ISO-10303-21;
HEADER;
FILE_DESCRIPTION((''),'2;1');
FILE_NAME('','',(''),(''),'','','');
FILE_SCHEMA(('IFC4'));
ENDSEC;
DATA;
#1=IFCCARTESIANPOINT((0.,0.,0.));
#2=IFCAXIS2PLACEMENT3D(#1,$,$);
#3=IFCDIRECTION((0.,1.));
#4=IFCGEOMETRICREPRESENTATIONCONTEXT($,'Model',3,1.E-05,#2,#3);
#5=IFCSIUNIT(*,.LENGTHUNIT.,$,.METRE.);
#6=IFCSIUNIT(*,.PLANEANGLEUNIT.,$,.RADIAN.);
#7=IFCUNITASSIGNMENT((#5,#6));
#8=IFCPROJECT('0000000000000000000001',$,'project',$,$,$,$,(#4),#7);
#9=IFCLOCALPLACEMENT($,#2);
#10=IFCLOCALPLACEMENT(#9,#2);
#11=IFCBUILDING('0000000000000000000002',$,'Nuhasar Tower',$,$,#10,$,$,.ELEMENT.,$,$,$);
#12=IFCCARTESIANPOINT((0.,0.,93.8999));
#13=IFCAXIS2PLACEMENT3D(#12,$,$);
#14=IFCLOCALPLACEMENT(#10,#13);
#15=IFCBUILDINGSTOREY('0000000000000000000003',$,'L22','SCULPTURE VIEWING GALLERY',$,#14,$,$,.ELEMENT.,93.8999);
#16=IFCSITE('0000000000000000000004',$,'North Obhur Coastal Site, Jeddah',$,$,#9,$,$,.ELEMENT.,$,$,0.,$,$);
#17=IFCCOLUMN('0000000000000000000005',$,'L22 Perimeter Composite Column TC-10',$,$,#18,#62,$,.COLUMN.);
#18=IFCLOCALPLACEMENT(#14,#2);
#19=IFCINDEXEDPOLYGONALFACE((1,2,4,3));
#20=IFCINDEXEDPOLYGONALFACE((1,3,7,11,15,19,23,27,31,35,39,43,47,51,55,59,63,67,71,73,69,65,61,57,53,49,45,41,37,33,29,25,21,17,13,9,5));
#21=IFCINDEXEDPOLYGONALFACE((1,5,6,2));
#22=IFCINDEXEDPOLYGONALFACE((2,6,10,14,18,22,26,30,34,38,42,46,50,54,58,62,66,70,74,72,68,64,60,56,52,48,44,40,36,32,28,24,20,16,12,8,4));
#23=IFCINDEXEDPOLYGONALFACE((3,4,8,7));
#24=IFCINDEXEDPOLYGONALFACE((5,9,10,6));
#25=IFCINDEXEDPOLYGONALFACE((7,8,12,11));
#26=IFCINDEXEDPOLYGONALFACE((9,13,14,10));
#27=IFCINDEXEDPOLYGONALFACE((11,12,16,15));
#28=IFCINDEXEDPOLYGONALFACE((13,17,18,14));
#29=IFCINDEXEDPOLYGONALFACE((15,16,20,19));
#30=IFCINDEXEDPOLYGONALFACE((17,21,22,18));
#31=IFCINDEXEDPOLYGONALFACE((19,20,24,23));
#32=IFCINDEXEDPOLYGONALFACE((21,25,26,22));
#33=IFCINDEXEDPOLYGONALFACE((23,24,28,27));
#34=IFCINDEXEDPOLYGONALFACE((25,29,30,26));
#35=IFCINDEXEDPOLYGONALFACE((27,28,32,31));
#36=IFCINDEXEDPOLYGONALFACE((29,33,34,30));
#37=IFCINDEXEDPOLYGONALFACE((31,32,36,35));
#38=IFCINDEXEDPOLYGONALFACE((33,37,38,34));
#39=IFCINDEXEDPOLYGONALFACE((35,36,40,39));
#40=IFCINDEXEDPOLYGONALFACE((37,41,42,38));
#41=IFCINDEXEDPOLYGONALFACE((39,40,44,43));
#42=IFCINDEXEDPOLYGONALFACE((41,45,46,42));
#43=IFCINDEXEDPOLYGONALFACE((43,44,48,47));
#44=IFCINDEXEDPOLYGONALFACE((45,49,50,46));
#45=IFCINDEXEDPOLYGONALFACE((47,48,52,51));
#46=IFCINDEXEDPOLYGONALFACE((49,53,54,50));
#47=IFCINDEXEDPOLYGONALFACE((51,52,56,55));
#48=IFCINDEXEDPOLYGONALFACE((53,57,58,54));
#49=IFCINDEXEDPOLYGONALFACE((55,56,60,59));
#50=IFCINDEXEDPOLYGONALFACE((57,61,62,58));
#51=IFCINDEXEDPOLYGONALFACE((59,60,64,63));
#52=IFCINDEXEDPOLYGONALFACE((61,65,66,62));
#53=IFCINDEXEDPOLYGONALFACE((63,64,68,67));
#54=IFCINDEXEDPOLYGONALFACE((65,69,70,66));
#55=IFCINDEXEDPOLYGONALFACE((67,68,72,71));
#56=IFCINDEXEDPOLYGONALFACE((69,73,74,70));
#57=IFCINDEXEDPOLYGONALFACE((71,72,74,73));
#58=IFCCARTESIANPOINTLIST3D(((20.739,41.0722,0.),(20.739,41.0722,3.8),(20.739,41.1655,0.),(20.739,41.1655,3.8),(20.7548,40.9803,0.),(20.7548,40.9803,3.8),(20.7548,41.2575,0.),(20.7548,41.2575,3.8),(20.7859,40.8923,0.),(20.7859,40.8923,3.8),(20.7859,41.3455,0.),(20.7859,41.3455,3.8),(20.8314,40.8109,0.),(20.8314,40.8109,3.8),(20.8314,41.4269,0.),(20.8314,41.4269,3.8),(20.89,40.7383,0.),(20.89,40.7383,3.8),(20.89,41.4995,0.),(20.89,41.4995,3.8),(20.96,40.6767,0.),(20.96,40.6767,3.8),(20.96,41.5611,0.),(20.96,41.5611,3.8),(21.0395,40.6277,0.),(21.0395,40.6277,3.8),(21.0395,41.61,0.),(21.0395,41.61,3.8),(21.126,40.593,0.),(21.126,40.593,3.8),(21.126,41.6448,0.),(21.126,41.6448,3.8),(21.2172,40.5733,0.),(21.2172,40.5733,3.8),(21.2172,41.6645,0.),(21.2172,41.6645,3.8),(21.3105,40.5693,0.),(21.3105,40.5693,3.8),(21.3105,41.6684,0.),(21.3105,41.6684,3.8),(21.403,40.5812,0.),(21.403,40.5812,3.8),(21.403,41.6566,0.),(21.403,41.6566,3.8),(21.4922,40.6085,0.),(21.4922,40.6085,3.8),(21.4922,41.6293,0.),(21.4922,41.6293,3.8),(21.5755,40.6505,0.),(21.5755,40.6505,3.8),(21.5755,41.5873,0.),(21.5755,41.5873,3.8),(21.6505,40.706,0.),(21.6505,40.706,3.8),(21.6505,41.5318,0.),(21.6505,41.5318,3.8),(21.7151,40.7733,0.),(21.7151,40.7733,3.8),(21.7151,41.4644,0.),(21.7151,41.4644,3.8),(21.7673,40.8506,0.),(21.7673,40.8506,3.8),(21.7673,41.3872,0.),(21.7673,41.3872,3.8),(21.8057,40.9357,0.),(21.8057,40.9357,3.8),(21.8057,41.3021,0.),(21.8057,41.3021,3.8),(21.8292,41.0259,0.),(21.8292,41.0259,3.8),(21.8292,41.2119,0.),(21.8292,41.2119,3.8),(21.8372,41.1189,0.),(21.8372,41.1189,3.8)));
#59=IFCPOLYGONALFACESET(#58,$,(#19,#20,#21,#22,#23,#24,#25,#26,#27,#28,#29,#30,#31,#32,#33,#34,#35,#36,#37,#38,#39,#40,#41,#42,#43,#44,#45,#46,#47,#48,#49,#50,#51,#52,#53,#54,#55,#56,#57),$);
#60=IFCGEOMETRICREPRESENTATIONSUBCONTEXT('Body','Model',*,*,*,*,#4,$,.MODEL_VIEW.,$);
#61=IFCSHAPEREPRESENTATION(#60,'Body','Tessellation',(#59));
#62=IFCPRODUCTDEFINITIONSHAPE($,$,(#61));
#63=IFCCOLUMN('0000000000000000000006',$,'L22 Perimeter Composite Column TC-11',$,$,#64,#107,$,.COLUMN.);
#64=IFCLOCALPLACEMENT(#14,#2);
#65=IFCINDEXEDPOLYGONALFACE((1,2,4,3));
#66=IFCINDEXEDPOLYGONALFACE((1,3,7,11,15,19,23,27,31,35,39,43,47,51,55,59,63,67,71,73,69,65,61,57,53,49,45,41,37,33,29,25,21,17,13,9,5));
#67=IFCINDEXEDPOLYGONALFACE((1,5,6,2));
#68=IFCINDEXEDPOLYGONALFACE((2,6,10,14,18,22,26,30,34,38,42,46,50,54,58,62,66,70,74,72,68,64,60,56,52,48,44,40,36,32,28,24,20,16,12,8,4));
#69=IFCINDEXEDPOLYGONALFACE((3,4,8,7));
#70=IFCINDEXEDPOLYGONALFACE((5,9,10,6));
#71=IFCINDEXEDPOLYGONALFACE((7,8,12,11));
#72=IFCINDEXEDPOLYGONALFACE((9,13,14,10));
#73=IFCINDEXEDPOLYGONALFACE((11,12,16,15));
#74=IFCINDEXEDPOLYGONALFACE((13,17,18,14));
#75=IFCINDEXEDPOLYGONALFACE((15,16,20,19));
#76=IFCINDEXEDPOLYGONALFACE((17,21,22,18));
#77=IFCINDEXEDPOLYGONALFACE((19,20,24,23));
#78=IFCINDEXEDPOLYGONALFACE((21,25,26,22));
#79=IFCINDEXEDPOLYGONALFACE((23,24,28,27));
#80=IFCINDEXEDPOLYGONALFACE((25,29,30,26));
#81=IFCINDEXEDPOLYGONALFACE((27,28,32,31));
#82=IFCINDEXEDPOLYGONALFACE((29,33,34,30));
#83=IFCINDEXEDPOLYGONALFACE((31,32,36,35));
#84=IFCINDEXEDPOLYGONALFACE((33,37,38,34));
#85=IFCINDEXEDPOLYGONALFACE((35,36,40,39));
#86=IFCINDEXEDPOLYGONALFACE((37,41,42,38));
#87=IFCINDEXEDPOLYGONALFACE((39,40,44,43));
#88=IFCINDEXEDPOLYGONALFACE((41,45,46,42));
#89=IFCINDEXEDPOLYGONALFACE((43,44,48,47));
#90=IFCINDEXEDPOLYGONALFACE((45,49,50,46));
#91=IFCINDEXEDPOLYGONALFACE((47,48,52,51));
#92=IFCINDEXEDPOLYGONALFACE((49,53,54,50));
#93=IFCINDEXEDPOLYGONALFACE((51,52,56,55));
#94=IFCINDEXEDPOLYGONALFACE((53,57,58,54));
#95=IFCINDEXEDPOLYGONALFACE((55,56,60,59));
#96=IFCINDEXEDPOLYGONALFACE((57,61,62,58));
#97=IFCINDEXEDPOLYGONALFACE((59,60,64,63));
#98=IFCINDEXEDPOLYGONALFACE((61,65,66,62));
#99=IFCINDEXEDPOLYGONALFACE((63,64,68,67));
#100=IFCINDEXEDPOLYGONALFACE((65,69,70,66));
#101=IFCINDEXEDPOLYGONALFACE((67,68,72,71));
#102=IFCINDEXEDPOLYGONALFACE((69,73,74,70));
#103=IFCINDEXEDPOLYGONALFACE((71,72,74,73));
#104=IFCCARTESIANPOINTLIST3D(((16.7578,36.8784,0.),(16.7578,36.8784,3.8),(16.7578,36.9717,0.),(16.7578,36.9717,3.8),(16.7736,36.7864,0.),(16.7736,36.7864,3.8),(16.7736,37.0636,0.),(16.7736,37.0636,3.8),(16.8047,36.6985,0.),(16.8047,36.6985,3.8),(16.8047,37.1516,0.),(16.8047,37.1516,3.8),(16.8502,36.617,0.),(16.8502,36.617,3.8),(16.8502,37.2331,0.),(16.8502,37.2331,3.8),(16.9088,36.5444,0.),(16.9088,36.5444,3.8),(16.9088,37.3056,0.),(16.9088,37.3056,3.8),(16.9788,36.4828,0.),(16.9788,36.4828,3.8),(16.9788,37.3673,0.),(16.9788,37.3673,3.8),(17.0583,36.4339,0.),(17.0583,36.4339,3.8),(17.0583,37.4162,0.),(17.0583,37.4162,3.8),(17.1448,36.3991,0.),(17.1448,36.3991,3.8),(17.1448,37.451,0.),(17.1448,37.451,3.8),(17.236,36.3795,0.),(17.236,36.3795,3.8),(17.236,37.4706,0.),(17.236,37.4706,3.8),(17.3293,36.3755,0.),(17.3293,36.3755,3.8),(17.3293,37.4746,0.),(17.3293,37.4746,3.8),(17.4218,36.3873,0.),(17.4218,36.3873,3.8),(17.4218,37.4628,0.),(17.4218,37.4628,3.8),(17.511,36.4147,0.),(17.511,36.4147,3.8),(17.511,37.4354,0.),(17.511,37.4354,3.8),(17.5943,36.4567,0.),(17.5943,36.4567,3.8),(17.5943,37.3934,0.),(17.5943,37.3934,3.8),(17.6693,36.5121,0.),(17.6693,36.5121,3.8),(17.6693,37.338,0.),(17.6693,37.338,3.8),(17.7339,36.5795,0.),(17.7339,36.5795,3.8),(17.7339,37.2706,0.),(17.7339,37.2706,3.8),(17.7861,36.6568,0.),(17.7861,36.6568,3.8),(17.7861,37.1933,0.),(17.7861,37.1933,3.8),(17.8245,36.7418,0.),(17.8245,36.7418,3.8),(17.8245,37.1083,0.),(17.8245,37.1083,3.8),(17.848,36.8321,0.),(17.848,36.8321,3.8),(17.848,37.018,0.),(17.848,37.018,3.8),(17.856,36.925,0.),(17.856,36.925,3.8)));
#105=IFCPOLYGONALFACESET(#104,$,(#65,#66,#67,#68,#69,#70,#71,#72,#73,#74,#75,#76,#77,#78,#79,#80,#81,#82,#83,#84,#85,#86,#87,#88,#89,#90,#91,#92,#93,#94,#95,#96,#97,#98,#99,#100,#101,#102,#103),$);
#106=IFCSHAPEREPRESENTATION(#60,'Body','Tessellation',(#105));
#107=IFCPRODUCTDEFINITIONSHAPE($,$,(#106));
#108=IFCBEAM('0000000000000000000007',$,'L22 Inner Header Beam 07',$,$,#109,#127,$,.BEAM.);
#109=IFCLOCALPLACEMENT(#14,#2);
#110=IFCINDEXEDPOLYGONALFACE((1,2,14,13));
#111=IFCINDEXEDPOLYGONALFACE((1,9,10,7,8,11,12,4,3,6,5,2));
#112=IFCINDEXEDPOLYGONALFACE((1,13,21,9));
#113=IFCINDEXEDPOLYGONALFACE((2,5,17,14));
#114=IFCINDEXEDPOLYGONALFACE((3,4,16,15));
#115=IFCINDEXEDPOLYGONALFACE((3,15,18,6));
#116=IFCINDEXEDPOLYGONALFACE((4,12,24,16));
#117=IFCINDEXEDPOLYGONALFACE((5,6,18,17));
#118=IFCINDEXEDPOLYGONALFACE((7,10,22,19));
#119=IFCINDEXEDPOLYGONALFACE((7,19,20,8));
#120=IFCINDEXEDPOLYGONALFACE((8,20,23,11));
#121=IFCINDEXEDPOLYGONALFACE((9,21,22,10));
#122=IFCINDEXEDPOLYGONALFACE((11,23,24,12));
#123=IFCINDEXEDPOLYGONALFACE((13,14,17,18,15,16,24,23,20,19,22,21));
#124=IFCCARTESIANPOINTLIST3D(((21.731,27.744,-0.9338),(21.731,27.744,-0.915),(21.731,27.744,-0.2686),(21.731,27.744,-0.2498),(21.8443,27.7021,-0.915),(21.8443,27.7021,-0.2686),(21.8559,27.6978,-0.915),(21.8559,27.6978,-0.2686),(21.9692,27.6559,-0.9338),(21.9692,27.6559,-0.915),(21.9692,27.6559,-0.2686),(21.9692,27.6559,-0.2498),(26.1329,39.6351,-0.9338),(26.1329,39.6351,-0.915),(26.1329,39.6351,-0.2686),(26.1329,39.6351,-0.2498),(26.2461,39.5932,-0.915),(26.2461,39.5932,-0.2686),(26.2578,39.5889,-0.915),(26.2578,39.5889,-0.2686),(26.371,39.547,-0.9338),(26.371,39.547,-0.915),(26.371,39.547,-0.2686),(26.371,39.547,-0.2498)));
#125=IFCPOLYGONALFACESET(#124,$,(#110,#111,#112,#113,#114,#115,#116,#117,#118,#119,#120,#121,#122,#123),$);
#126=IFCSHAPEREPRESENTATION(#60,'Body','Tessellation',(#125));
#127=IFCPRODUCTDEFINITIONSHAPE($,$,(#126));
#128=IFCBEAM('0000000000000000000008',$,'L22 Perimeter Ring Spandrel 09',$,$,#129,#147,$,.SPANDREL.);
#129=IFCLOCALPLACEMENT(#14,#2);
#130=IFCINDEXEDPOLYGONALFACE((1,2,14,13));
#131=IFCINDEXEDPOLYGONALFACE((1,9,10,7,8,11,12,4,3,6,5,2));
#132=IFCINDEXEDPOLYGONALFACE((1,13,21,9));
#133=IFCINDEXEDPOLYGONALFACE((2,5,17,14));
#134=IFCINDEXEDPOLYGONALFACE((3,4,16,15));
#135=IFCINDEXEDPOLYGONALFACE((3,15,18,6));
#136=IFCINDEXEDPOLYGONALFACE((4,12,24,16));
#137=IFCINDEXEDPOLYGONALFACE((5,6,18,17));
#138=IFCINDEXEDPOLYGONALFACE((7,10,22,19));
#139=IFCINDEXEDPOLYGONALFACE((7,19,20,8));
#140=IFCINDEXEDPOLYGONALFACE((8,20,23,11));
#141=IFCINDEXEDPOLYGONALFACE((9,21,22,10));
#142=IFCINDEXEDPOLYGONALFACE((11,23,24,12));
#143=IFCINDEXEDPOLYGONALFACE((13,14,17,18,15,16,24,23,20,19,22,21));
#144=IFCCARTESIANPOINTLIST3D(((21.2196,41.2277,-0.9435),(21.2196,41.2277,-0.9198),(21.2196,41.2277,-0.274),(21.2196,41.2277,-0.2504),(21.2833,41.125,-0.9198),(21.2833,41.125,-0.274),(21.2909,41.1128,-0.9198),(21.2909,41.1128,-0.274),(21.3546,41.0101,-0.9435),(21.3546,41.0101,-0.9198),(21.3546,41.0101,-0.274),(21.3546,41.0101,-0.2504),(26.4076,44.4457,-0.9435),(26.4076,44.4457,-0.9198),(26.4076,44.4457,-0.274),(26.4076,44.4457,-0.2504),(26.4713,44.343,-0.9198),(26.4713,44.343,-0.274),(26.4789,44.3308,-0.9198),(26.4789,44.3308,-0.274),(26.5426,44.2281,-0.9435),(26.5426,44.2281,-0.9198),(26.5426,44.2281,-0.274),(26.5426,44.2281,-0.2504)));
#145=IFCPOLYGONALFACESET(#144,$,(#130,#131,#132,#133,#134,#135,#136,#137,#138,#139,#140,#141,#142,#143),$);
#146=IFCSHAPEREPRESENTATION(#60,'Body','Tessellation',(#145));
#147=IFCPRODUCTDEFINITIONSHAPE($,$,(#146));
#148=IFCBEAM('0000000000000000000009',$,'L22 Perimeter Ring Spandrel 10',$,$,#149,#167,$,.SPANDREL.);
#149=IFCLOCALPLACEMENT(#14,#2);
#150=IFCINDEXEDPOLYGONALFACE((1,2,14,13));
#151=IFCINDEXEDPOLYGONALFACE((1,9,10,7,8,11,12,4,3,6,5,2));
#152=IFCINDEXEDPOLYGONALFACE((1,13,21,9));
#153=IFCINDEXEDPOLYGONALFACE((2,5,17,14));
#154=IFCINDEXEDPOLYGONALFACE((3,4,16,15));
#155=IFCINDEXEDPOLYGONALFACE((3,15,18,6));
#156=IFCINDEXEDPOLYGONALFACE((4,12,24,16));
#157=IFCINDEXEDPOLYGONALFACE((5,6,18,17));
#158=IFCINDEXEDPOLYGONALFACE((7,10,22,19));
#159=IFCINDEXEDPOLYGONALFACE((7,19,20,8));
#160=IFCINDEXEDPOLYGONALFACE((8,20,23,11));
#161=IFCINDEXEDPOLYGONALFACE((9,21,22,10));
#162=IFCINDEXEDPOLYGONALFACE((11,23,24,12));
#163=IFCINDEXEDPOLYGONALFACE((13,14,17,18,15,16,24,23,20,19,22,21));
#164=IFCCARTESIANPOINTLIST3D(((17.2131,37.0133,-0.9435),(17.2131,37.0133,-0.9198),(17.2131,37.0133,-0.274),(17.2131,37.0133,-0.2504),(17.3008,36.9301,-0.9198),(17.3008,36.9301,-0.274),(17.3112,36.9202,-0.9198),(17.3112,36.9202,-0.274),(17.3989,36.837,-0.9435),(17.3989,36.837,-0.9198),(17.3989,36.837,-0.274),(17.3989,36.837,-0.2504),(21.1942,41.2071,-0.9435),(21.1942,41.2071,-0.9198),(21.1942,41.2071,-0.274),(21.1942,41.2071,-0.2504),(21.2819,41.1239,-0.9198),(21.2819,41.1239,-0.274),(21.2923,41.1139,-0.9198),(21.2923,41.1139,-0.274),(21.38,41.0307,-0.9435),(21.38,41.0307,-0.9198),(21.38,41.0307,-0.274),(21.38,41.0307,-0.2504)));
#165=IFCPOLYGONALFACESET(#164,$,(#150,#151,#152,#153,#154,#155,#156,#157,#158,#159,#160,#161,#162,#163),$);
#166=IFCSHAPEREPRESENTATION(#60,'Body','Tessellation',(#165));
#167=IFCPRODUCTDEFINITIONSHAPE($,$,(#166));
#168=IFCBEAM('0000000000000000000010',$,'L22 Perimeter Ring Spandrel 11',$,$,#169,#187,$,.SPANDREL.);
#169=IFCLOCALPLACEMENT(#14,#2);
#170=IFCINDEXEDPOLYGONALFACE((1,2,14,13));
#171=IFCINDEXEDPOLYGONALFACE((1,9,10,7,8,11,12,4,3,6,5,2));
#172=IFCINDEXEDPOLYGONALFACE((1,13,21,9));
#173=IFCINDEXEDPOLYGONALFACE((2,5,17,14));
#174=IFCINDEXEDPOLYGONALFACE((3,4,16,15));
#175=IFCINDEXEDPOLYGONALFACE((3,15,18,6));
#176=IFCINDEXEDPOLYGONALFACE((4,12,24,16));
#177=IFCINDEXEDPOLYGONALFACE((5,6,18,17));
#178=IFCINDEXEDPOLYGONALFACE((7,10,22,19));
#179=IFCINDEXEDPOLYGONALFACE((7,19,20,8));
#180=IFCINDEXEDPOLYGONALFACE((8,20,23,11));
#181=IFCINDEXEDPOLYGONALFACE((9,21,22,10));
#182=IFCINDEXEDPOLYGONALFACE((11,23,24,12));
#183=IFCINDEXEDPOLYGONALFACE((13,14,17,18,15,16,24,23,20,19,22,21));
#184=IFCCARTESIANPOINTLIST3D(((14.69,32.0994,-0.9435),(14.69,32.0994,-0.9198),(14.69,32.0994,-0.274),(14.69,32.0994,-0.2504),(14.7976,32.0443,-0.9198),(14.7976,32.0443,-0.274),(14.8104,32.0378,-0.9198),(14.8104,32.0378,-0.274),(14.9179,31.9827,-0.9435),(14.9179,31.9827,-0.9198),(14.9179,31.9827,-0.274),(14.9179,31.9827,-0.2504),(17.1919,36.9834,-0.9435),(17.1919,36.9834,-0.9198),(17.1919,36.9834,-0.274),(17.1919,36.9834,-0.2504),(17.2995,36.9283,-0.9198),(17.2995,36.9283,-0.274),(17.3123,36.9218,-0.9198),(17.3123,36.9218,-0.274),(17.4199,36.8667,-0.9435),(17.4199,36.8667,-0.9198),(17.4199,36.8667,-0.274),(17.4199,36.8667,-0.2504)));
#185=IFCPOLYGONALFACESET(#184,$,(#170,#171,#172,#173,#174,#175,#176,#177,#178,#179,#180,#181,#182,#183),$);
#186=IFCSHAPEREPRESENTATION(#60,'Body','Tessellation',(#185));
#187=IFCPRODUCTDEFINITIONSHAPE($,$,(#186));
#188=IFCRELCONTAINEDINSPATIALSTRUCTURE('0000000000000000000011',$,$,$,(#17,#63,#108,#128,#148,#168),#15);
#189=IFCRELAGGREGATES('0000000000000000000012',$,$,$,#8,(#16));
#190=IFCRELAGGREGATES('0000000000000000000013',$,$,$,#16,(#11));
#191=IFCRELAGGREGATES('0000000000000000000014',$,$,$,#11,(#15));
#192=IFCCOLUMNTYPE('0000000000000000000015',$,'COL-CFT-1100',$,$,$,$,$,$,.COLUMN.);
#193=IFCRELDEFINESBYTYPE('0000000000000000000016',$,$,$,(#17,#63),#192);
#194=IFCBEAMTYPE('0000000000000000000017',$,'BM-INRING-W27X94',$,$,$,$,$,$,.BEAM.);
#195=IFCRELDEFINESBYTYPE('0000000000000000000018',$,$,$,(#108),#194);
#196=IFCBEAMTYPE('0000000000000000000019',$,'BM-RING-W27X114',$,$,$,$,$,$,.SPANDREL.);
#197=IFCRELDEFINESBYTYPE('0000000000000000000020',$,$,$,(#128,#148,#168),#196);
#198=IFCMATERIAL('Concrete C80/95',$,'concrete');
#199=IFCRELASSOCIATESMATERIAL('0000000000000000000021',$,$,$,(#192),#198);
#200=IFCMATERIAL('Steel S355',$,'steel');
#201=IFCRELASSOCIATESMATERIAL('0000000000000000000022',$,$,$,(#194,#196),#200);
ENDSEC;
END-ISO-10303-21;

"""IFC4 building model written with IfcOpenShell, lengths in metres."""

from ifc_helpers import new_model, si_unit, direction, frame, origin, origin_2d, place, context, subcontext, project, spatial, circle, i_section, extrude, material, material_profile, profile_set, type_object, element, save


model = new_model("IFC4")

# Units and contexts
model_context = context("Model", 3, precision=1e-05, world=origin(), true_north=direction((0.0, 1.0)))
body_context = subcontext(model_context, "Body", "Model", "MODEL_VIEW")
ifc_project = project(units=[si_unit("LENGTHUNIT", "METRE"), si_unit("PLANEANGLEUNIT", "RADIAN")], contexts=[model_context])

# Site, building, storey
site_placement = place(None, origin())
site = spatial("IfcSite", under=ifc_project, at=site_placement, Name="North Obhur Coastal Site, Jeddah", CompositionType="ELEMENT", RefElevation=0.0)
building_placement = place(site_placement, origin())
building = spatial("IfcBuilding", under=site, at=building_placement, Name="Nuhasar Tower", CompositionType="ELEMENT")
storey_placement = place(building_placement, frame((0.0, 0.0, 93.8999)))
storey = spatial("IfcBuildingStorey", under=building, at=storey_placement, Name="L22", Description="SCULPTURE VIEWING GALLERY", CompositionType="ELEMENT", Elevation=93.8999)

# Columns
ifc_material_1 = material(Name="Concrete C80/95", Category="concrete")
ifc_material_profile_1 = material_profile(ifc_material_1, circle(Radius=0.55, at=origin_2d()), Name="CFT1100")
ifc_profile_set_1 = profile_set([ifc_material_profile_1], Name="Concrete C80/95")
column_type = type_object("IfcColumnType", Name="COL-CFT-1100", PredefinedType="COLUMN", material=ifc_profile_set_1)
for number, where, z_axis, x_axis, name in (
    (1, (21.2871, 41.1189, 0.0), (0.0, 0.0, 1.0), (1.0, 0.0, 0.0), "L22 Perimeter Composite Column TC-10"),
    (2, (17.3059, 36.925, 0.0), (0.0, 0.0, 1.0), (1.0, 0.0, 0.0), "L22 Perimeter Composite Column TC-11"),
):
    element("IfcColumn", number, at=place(storey_placement, frame(where, z_axis=z_axis, x_axis=x_axis)), inside=storey, type_object=column_type, Name=name, PredefinedType="COLUMN", context=body_context, shape_type="SweptSolid", body=[
        extrude(circle(Radius=0.55, at=origin_2d()), origin(), (0.0, 0.0, 1.0), 3.8),
    ])

# Beams
ifc_material_2 = material(Name="Steel S355", Category="steel")
ifc_material_profile_2 = material_profile(ifc_material_2, i_section(OverallWidth=0.2539, OverallDepth=0.6841, WebThickness=0.0125, FlangeThickness=0.0188, at=origin_2d()), Name="W27X94")
ifc_profile_set_2 = profile_set([ifc_material_profile_2], Name="Steel S355")
beam_type_1 = type_object("IfcBeamType", Name="BM-INRING-W27X94", PredefinedType="BEAM", material=ifc_profile_set_2)
beam_1_placement = place(storey_placement, frame((26.252, 39.5911, -0.5918), z_axis=(-0.347158, -0.937807, 0.0), x_axis=(0.937807, -0.347158, 0.0)))
element("IfcBeam", 3, at=beam_1_placement, inside=storey, type_object=beam_type_1, Name="L22 Inner Header Beam 07", PredefinedType="BEAM", context=body_context, shape_type="SweptSolid", body=[
    extrude(i_section(OverallWidth=0.2539, OverallDepth=0.6841, WebThickness=0.0125, FlangeThickness=0.0188, at=origin_2d()), origin(), (0.0, 0.0, 1.0), 12.6797),
])
ifc_material_profile_3 = material_profile(ifc_material_2, i_section(OverallWidth=0.2561, OverallDepth=0.6931, WebThickness=0.0144, FlangeThickness=0.0237, at=origin_2d()), Name="W27X114")
ifc_profile_set_3 = profile_set([ifc_material_profile_3], Name="Steel S355")
beam_type_2 = type_object("IfcBeamType", Name="BM-RING-W27X114", PredefinedType="SPANDREL", material=ifc_profile_set_3)
beam_2_placement = place(storey_placement, frame((26.4751, 44.3369, -0.5969), z_axis=(-0.849795, -0.527113, 0.0), x_axis=(0.527113, -0.849795, 0.0)))
element("IfcBeam", 4, at=beam_2_placement, inside=storey, type_object=beam_type_2, Name="L22 Perimeter Ring Spandrel 09", PredefinedType="SPANDREL", context=body_context, shape_type="SweptSolid", body=[
    extrude(i_section(OverallWidth=0.2561, OverallDepth=0.6931, WebThickness=0.0144, FlangeThickness=0.0237, at=origin_2d()), origin(), (0.0, 0.0, 1.0), 6.105),
])
beam_3_placement = place(storey_placement, frame((21.2871, 41.1189, -0.5969), z_axis=(-0.688481, -0.725254, 0.0), x_axis=(0.725254, -0.688481, 0.0)))
element("IfcBeam", 5, at=beam_3_placement, inside=storey, type_object=beam_type_2, Name="L22 Perimeter Ring Spandrel 10", PredefinedType="SPANDREL", context=body_context, shape_type="SweptSolid", body=[
    extrude(i_section(OverallWidth=0.2561, OverallDepth=0.6931, WebThickness=0.0144, FlangeThickness=0.0237, at=origin_2d()), origin(), (0.0, 0.0, 1.0), 5.7825),
])
beam_4_placement = place(storey_placement, frame((17.3059, 36.925, -0.5969), z_axis=(-0.45593, -0.890016, 0.0), x_axis=(0.890016, -0.45593, 0.0)))
element("IfcBeam", 6, at=beam_4_placement, inside=storey, type_object=beam_type_2, Name="L22 Perimeter Ring Spandrel 11", PredefinedType="SPANDREL", context=body_context, shape_type="SweptSolid", body=[
    extrude(i_section(OverallWidth=0.2561, OverallDepth=0.6931, WebThickness=0.0144, FlangeThickness=0.0237, at=origin_2d()), origin(), (0.0, 0.0, 1.0), 5.4875),
])

save(model, "model.ifc")
